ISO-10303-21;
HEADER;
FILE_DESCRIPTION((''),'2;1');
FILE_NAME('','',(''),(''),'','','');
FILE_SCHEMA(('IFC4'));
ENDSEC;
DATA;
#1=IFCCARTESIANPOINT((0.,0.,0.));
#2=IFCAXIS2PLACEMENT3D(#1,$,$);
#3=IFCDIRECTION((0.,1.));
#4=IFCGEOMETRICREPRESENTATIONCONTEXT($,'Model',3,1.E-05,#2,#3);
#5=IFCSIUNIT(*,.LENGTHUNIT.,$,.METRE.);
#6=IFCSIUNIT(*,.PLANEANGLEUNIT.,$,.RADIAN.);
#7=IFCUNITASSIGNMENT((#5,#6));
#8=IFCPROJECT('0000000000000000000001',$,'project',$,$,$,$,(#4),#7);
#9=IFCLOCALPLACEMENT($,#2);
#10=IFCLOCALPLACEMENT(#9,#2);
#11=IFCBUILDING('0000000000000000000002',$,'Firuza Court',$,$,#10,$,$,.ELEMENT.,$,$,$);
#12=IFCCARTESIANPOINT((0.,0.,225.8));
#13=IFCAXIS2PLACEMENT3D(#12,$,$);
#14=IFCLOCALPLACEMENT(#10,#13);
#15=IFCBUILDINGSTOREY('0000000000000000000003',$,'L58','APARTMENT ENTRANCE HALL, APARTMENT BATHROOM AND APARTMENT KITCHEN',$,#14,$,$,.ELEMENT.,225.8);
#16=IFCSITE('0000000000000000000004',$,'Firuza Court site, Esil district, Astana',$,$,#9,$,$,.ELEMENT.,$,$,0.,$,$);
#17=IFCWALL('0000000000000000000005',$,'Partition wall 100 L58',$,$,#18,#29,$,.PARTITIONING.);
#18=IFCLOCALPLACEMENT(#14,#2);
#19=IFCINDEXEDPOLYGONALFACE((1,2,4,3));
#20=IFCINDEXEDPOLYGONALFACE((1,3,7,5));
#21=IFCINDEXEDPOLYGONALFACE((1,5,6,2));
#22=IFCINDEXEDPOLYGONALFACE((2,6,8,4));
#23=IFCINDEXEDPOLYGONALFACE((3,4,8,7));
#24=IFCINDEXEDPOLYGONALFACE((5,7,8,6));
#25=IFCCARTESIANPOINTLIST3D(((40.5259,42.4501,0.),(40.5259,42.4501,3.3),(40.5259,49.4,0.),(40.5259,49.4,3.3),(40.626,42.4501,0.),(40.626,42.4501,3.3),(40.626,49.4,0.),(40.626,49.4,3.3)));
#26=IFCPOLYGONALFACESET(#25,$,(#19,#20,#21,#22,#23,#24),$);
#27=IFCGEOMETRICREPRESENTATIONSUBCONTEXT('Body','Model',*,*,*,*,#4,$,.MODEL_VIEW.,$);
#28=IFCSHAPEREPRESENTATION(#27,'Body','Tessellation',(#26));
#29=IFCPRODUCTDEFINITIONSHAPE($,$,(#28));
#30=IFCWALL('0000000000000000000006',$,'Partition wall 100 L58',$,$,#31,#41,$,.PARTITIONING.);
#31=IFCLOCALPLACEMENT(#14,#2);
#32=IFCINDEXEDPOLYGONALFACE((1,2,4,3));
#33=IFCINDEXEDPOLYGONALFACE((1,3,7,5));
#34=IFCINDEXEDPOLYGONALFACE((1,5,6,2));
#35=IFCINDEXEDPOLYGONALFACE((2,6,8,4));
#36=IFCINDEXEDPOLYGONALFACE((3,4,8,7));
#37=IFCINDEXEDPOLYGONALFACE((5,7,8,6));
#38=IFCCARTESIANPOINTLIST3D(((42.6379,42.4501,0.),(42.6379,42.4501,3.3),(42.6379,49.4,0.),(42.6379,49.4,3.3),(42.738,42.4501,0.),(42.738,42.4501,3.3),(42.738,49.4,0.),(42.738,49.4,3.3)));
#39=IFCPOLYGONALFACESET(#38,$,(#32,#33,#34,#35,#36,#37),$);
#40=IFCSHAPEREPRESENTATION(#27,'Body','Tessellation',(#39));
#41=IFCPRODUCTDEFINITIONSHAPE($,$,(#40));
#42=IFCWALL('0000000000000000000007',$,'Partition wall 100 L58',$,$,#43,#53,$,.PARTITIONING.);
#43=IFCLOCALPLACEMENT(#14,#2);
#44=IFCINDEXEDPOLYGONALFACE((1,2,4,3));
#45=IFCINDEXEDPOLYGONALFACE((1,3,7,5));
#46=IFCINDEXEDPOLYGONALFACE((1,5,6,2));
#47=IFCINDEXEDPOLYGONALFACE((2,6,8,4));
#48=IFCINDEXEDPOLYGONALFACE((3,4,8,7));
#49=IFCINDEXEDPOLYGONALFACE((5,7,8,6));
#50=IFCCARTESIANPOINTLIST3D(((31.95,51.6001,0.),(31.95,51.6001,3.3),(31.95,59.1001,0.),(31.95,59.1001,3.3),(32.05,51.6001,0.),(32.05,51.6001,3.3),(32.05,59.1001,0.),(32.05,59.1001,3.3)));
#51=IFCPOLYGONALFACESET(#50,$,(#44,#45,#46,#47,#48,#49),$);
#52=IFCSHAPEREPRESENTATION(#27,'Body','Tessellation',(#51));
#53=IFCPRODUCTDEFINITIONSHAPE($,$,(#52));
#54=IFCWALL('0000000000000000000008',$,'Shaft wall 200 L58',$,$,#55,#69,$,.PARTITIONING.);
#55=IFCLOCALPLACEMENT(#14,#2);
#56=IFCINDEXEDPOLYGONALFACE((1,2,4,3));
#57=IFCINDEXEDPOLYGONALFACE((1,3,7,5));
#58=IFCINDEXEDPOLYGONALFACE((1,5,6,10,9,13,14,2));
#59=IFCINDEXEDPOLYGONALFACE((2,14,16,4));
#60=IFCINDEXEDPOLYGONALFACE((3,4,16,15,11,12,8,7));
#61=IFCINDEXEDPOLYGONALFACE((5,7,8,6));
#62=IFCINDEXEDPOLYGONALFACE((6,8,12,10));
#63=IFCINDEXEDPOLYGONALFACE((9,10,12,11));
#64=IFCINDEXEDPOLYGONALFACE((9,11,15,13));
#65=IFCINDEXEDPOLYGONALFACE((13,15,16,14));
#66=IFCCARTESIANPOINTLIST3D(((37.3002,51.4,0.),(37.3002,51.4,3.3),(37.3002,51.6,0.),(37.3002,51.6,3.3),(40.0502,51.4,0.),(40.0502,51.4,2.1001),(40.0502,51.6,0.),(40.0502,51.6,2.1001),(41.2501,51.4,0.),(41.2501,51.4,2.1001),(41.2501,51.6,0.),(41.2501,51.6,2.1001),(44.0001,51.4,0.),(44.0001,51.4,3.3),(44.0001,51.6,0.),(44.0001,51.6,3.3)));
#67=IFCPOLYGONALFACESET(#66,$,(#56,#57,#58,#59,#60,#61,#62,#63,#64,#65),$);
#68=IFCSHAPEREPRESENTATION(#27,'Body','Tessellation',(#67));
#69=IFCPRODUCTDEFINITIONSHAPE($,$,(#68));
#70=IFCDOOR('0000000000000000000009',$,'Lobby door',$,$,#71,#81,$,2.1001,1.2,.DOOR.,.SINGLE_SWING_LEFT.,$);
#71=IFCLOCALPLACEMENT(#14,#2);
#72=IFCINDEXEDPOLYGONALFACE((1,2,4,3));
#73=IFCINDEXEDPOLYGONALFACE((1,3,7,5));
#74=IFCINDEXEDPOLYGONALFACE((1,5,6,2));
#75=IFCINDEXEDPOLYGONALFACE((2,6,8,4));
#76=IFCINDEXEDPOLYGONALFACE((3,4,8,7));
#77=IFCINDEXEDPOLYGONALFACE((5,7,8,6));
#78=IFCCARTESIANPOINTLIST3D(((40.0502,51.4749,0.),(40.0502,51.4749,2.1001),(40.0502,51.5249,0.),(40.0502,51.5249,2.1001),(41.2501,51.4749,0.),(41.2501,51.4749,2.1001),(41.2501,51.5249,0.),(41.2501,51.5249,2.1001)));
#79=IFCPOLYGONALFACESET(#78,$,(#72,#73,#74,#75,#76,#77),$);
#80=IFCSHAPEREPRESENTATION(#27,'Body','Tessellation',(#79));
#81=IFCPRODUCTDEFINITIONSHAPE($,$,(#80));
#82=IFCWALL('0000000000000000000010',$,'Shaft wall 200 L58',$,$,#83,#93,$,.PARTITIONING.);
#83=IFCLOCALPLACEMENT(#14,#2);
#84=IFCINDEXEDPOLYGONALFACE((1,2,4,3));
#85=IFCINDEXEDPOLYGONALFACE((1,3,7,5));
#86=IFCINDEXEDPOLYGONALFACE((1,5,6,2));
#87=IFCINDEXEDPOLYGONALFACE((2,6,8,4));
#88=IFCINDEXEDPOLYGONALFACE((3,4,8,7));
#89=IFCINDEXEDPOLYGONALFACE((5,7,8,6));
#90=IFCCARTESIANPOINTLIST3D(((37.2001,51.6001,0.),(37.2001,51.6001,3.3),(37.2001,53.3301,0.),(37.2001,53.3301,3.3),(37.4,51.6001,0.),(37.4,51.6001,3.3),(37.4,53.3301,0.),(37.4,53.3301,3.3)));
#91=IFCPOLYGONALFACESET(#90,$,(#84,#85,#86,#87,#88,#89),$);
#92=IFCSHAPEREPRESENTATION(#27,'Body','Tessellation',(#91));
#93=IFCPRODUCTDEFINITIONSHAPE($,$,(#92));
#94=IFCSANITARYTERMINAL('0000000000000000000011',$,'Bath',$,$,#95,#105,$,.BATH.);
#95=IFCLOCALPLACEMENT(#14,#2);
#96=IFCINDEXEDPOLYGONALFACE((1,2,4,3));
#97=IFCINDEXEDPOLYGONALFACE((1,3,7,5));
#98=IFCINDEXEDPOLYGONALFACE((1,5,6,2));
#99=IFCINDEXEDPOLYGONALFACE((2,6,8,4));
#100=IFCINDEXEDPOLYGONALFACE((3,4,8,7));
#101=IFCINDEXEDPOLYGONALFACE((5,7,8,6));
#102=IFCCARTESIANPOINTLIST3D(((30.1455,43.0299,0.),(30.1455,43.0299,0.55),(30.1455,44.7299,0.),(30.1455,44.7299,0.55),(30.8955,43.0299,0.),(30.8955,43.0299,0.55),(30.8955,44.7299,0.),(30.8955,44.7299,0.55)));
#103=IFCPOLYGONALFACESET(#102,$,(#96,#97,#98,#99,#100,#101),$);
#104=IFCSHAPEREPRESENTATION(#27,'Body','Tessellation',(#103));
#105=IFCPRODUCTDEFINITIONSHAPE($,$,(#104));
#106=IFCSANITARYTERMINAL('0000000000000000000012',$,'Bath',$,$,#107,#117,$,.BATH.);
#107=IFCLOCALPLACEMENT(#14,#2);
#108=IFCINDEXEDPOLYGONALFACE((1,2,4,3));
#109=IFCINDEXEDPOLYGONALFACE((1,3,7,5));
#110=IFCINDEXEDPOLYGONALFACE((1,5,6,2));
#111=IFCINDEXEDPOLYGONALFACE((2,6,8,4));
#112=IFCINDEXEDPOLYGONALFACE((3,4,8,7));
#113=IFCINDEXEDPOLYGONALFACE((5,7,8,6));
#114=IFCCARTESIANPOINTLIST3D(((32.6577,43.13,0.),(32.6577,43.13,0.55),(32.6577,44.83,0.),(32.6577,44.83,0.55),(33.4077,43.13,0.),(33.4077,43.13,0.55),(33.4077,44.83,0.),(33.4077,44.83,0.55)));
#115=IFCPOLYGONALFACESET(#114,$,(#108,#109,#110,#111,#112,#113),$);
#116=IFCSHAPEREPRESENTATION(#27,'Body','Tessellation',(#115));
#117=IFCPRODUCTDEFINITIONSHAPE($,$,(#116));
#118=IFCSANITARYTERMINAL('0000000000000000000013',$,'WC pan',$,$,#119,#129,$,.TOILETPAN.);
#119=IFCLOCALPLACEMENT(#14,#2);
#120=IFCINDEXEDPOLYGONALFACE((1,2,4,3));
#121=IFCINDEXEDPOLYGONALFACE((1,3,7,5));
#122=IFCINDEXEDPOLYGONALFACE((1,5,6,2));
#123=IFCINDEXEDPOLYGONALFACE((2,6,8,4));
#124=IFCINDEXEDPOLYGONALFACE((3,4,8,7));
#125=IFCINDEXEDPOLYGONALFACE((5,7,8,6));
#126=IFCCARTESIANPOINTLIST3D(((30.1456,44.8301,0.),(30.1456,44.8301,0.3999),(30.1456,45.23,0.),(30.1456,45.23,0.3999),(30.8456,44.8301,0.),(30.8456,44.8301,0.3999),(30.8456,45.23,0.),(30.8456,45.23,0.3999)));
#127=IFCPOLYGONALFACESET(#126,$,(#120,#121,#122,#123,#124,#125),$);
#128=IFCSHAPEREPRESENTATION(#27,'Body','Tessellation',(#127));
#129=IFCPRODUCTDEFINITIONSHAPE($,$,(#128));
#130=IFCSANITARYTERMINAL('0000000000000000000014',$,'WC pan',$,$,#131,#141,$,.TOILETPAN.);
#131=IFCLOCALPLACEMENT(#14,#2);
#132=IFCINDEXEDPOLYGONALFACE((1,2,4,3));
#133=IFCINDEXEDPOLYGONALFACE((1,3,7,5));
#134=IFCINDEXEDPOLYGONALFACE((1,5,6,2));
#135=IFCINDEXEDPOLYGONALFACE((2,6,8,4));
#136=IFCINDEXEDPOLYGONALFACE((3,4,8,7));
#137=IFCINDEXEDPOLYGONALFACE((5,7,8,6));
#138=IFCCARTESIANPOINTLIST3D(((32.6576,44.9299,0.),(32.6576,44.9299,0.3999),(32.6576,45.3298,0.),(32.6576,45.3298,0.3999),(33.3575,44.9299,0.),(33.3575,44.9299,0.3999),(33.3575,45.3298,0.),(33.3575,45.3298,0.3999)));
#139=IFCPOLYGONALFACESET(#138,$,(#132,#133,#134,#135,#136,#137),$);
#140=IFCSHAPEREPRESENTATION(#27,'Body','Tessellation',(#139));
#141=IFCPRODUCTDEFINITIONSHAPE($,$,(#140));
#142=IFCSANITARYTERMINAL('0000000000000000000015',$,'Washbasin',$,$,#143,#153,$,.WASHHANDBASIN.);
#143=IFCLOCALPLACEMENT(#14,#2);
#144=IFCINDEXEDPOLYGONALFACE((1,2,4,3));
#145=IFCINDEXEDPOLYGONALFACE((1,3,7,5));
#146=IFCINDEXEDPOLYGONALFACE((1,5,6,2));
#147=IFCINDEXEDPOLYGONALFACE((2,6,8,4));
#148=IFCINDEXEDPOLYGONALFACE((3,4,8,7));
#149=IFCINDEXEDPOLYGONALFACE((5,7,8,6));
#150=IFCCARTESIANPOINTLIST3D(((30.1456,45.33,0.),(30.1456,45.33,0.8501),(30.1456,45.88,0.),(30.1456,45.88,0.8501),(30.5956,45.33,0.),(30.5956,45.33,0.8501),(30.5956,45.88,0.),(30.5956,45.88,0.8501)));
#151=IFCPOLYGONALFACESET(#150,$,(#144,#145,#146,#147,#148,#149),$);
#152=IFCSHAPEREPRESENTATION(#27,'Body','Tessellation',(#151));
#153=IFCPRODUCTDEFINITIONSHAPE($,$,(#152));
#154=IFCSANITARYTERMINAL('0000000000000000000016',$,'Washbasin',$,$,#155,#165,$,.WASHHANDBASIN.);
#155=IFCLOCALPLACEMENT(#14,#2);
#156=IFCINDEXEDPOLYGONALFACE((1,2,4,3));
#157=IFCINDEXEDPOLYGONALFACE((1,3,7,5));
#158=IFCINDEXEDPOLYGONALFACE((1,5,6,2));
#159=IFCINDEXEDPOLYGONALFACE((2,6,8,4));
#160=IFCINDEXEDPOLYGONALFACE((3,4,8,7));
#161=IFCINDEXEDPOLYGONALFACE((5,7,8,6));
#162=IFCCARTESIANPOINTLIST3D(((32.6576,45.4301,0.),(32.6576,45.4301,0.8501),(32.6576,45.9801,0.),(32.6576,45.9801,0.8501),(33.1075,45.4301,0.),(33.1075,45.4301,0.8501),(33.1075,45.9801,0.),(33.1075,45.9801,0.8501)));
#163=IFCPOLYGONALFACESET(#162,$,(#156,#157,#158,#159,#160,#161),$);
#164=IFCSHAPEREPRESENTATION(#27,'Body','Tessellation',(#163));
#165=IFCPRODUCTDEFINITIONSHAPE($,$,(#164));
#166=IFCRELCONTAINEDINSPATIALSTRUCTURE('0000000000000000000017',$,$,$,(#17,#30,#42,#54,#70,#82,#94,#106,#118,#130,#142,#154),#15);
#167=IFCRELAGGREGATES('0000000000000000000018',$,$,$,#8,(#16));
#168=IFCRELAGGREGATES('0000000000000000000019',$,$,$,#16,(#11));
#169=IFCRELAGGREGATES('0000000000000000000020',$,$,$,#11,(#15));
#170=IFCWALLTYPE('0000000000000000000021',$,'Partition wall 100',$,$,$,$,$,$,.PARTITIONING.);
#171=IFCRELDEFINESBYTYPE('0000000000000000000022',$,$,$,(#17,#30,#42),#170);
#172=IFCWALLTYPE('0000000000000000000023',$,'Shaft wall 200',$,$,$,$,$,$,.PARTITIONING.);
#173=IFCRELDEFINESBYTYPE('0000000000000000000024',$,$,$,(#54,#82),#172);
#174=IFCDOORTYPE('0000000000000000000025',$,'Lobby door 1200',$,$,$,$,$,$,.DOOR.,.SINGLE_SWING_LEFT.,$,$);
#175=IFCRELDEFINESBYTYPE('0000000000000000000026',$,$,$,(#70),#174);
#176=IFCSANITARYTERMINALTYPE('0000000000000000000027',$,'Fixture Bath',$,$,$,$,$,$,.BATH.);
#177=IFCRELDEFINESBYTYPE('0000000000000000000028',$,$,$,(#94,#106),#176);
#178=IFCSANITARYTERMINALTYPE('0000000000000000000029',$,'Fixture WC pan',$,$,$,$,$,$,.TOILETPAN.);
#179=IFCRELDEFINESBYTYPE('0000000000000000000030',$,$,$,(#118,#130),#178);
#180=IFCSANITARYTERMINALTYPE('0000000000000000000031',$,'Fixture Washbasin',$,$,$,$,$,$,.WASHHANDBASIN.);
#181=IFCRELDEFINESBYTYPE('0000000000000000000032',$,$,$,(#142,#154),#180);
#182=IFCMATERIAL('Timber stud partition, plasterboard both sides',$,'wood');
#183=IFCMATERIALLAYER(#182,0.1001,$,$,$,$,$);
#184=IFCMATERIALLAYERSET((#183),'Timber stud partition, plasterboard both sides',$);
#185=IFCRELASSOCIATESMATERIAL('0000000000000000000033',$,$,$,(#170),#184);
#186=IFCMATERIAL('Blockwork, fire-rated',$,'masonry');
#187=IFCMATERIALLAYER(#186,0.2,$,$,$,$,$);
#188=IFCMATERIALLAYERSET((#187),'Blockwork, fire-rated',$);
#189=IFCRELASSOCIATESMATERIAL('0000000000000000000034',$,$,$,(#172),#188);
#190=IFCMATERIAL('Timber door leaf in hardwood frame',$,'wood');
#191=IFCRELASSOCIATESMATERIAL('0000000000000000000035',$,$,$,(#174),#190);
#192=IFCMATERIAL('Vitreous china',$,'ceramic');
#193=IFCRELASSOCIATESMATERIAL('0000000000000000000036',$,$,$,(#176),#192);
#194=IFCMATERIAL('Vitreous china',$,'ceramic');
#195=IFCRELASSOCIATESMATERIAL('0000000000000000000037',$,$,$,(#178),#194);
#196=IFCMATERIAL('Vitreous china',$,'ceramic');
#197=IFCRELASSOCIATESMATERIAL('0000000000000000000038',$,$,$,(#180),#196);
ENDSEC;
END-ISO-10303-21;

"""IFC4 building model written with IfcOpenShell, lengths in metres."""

from ifc_helpers import new_model, si_unit, direction, frame, frame_2d, origin, origin_2d, place, context, subcontext, project, spatial, rectangle, extrude, material, layer, layer_set, type_object, element, fill, save


model = new_model("IFC4")

# Units and contexts
model_context = context("Model", 3, precision=1e-05, world=origin(), true_north=direction((0.0, 1.0)))
body_context = subcontext(model_context, "Body", "Model", "MODEL_VIEW")
ifc_project = project(units=[si_unit("LENGTHUNIT", "METRE"), si_unit("PLANEANGLEUNIT", "RADIAN")], contexts=[model_context])

# Site, building, storey
site_placement = place(None, origin())
site = spatial("IfcSite", under=ifc_project, at=site_placement, Name="Firuza Court site, Esil district, Astana", CompositionType="ELEMENT", RefElevation=0.0)
building_placement = place(site_placement, origin())
building = spatial("IfcBuilding", under=site, at=building_placement, Name="Firuza Court", CompositionType="ELEMENT")
storey_placement = place(building_placement, frame((0.0, 0.0, 225.8)))
storey = spatial("IfcBuildingStorey", under=building, at=storey_placement, Name="L58", Description="APARTMENT ENTRANCE HALL, APARTMENT BATHROOM AND APARTMENT KITCHEN", CompositionType="ELEMENT", Elevation=225.8)

# Shared definitions
ifc_material_1 = material(Name="Timber stud partition, plasterboard both sides", Category="wood")
ifc_layer_1 = layer(ifc_material_1, 0.1001)
ifc_layer_set_1 = layer_set([ifc_layer_1], Name="Timber stud partition, plasterboard both sides")
wall_type_1 = type_object("IfcWallType", Name="Partition wall 100", PredefinedType="PARTITIONING", material=ifc_layer_set_1)

# Walls
for number, where, z_axis, x_axis, name in (
    (1, (40.5759, 42.45, 0.0), (0.0, 0.0, 1.0), (0.0, 1.0, 0.0), "Partition wall 100 L58"),
    (2, (42.688, 42.45, 0.0), (0.0, 0.0, 1.0), (0.0, 1.0, 0.0), "Partition wall 100 L58"),
):
    element("IfcWall", number, at=place(storey_placement, frame(where, z_axis=z_axis, x_axis=x_axis)), inside=storey, type_object=wall_type_1, Name=name, PredefinedType="PARTITIONING", context=body_context, shape_type="SweptSolid", body=[
        extrude(rectangle(XDim=6.95, YDim=0.1001, at=frame_2d((3.4751, 0.0))), origin(), (0.0, 0.0, 1.0), 3.3),
    ])
wall_1_placement = place(storey_placement, frame((32.0, 51.6001, 0.0), z_axis=(0.0, 0.0, 1.0), x_axis=(0.0, 1.0, 0.0)))
element("IfcWall", 3, at=wall_1_placement, inside=storey, type_object=wall_type_1, Name="Partition wall 100 L58", PredefinedType="PARTITIONING", context=body_context, shape_type="SweptSolid", body=[
    extrude(rectangle(XDim=7.5, YDim=0.1001, at=frame_2d((3.75, 0.0))), origin(), (0.0, 0.0, 1.0), 3.3),
])

# Wall, opening, door
ifc_material_2 = material(Name="Blockwork, fire-rated", Category="masonry")
ifc_layer_2 = layer(ifc_material_2, 0.2)
ifc_layer_set_2 = layer_set([ifc_layer_2], Name="Blockwork, fire-rated")
wall_type_2 = type_object("IfcWallType", Name="Shaft wall 200", PredefinedType="PARTITIONING", material=ifc_layer_set_2)
wall_2_placement = place(storey_placement, frame((37.3, 51.5, 0.0), z_axis=(0.0, 0.0, 1.0), x_axis=(1.0, 0.0, 0.0)))
wall_2 = element("IfcWall", 4, at=wall_2_placement, inside=storey, type_object=wall_type_2, Name="Shaft wall 200 L58", PredefinedType="PARTITIONING", context=body_context, shape_type="SweptSolid", body=[
    extrude(rectangle(XDim=6.7, YDim=0.2, at=frame_2d((3.3501, 0.0))), origin(), (0.0, 0.0, 1.0), 3.3),
])
opening_1_placement = place(wall_2_placement, frame((2.75, 0.0, 0.0)))
opening_1 = element("IfcOpeningElement", 5, at=opening_1_placement, cuts=wall_2, PredefinedType="OPENING", context=body_context, shape_type="SweptSolid", body=[
    extrude(rectangle(XDim=1.2, YDim=2.1001, at=frame_2d((0.6001, 1.05))), frame((0.0, 0.1118, 0.0), z_axis=(0.0, -1.0, 0.0), x_axis=(1.0, 0.0, 0.0)), (0.0, 0.0, 1.0), 0.2239),
])
ifc_material_3 = material(Name="Timber door leaf in hardwood frame", Category="wood")
door_type_1 = type_object("IfcDoorType", Name="Lobby door 1200", OperationType="SINGLE_SWING_LEFT", PredefinedType="DOOR", material=ifc_material_3)
door_1_placement = place(opening_1_placement, origin())
door_1 = element("IfcDoor", 6, at=door_1_placement, inside=storey, type_object=door_type_1, Name="Lobby door", OperationType="SINGLE_SWING_LEFT", OverallHeight=2.1001, OverallWidth=1.2, PredefinedType="DOOR", context=body_context, shape_type="SweptSolid", body=[
    extrude(rectangle(XDim=1.2, YDim=2.1001, at=frame_2d((0.6001, 1.05))), frame((0.0, 0.0249, 0.0), z_axis=(0.0, -1.0, 0.0), x_axis=(1.0, 0.0, 0.0)), (0.0, 0.0, 1.0), 0.05),
])
fill(opening_1, door_1)

# Wall
wall_3_placement = place(storey_placement, frame((37.3, 51.6001, 0.0), z_axis=(0.0, 0.0, 1.0), x_axis=(0.0, 1.0, 0.0)))
element("IfcWall", 7, at=wall_3_placement, inside=storey, type_object=wall_type_2, Name="Shaft wall 200 L58", PredefinedType="PARTITIONING", context=body_context, shape_type="SweptSolid", body=[
    extrude(rectangle(XDim=1.73, YDim=0.2, at=frame_2d((0.865, 0.0))), origin(), (0.0, 0.0, 1.0), 3.3),
])

# Sanitary terminals
ifc_material_4 = material(Name="Vitreous china", Category="ceramic")
sanitary_terminal_type_1 = type_object("IfcSanitaryTerminalType", Name="Fixture Bath", PredefinedType="BATH", material=ifc_material_4)
for number, where, z_axis, x_axis, name in (
    (8, (30.5205, 43.8799, 0.0), (0.0, 0.0, 1.0), (1.0, 0.0, 0.0), "Bath"),
    (9, (33.0327, 43.98, 0.0), (0.0, 0.0, 1.0), (1.0, 0.0, 0.0), "Bath"),
):
    element("IfcSanitaryTerminal", number, at=place(storey_placement, frame(where, z_axis=z_axis, x_axis=x_axis)), inside=storey, type_object=sanitary_terminal_type_1, Name=name, PredefinedType="BATH", context=body_context, shape_type="SweptSolid", body=[
        extrude(rectangle(XDim=0.75, YDim=1.7, at=origin_2d()), origin(), (0.0, 0.0, 1.0), 0.55),
    ])
ifc_material_5 = material(Name="Vitreous china", Category="ceramic")
sanitary_terminal_type_2 = type_object("IfcSanitaryTerminalType", Name="Fixture WC pan", PredefinedType="TOILETPAN", material=ifc_material_5)
for number, where, z_axis, x_axis, name in (
    (10, (30.4956, 45.03, 0.0), (0.0, 0.0, 1.0), (1.0, 0.0, 0.0), "WC pan"),
    (11, (33.0076, 45.1299, 0.0), (0.0, 0.0, 1.0), (1.0, 0.0, 0.0), "WC pan"),
):
    element("IfcSanitaryTerminal", number, at=place(storey_placement, frame(where, z_axis=z_axis, x_axis=x_axis)), inside=storey, type_object=sanitary_terminal_type_2, Name=name, PredefinedType="TOILETPAN", context=body_context, shape_type="SweptSolid", body=[
        extrude(rectangle(XDim=0.7, YDim=0.3999, at=origin_2d()), origin(), (0.0, 0.0, 1.0), 0.3999),
    ])
ifc_material_6 = material(Name="Vitreous china", Category="ceramic")
sanitary_terminal_type_3 = type_object("IfcSanitaryTerminalType", Name="Fixture Washbasin", PredefinedType="WASHHANDBASIN", material=ifc_material_6)
for number, where, z_axis, x_axis, name in (
    (12, (30.3706, 45.605, 0.0), (0.0, 0.0, 1.0), (1.0, 0.0, 0.0), "Washbasin"),
    (13, (32.8826, 45.7051, 0.0), (0.0, 0.0, 1.0), (1.0, 0.0, 0.0), "Washbasin"),
):
    element("IfcSanitaryTerminal", number, at=place(storey_placement, frame(where, z_axis=z_axis, x_axis=x_axis)), inside=storey, type_object=sanitary_terminal_type_3, Name=name, PredefinedType="WASHHANDBASIN", context=body_context, shape_type="SweptSolid", body=[
        extrude(rectangle(XDim=0.45, YDim=0.55, at=origin_2d()), origin(), (0.0, 0.0, 1.0), 0.8501),
    ])

save(model, "model.ifc")
